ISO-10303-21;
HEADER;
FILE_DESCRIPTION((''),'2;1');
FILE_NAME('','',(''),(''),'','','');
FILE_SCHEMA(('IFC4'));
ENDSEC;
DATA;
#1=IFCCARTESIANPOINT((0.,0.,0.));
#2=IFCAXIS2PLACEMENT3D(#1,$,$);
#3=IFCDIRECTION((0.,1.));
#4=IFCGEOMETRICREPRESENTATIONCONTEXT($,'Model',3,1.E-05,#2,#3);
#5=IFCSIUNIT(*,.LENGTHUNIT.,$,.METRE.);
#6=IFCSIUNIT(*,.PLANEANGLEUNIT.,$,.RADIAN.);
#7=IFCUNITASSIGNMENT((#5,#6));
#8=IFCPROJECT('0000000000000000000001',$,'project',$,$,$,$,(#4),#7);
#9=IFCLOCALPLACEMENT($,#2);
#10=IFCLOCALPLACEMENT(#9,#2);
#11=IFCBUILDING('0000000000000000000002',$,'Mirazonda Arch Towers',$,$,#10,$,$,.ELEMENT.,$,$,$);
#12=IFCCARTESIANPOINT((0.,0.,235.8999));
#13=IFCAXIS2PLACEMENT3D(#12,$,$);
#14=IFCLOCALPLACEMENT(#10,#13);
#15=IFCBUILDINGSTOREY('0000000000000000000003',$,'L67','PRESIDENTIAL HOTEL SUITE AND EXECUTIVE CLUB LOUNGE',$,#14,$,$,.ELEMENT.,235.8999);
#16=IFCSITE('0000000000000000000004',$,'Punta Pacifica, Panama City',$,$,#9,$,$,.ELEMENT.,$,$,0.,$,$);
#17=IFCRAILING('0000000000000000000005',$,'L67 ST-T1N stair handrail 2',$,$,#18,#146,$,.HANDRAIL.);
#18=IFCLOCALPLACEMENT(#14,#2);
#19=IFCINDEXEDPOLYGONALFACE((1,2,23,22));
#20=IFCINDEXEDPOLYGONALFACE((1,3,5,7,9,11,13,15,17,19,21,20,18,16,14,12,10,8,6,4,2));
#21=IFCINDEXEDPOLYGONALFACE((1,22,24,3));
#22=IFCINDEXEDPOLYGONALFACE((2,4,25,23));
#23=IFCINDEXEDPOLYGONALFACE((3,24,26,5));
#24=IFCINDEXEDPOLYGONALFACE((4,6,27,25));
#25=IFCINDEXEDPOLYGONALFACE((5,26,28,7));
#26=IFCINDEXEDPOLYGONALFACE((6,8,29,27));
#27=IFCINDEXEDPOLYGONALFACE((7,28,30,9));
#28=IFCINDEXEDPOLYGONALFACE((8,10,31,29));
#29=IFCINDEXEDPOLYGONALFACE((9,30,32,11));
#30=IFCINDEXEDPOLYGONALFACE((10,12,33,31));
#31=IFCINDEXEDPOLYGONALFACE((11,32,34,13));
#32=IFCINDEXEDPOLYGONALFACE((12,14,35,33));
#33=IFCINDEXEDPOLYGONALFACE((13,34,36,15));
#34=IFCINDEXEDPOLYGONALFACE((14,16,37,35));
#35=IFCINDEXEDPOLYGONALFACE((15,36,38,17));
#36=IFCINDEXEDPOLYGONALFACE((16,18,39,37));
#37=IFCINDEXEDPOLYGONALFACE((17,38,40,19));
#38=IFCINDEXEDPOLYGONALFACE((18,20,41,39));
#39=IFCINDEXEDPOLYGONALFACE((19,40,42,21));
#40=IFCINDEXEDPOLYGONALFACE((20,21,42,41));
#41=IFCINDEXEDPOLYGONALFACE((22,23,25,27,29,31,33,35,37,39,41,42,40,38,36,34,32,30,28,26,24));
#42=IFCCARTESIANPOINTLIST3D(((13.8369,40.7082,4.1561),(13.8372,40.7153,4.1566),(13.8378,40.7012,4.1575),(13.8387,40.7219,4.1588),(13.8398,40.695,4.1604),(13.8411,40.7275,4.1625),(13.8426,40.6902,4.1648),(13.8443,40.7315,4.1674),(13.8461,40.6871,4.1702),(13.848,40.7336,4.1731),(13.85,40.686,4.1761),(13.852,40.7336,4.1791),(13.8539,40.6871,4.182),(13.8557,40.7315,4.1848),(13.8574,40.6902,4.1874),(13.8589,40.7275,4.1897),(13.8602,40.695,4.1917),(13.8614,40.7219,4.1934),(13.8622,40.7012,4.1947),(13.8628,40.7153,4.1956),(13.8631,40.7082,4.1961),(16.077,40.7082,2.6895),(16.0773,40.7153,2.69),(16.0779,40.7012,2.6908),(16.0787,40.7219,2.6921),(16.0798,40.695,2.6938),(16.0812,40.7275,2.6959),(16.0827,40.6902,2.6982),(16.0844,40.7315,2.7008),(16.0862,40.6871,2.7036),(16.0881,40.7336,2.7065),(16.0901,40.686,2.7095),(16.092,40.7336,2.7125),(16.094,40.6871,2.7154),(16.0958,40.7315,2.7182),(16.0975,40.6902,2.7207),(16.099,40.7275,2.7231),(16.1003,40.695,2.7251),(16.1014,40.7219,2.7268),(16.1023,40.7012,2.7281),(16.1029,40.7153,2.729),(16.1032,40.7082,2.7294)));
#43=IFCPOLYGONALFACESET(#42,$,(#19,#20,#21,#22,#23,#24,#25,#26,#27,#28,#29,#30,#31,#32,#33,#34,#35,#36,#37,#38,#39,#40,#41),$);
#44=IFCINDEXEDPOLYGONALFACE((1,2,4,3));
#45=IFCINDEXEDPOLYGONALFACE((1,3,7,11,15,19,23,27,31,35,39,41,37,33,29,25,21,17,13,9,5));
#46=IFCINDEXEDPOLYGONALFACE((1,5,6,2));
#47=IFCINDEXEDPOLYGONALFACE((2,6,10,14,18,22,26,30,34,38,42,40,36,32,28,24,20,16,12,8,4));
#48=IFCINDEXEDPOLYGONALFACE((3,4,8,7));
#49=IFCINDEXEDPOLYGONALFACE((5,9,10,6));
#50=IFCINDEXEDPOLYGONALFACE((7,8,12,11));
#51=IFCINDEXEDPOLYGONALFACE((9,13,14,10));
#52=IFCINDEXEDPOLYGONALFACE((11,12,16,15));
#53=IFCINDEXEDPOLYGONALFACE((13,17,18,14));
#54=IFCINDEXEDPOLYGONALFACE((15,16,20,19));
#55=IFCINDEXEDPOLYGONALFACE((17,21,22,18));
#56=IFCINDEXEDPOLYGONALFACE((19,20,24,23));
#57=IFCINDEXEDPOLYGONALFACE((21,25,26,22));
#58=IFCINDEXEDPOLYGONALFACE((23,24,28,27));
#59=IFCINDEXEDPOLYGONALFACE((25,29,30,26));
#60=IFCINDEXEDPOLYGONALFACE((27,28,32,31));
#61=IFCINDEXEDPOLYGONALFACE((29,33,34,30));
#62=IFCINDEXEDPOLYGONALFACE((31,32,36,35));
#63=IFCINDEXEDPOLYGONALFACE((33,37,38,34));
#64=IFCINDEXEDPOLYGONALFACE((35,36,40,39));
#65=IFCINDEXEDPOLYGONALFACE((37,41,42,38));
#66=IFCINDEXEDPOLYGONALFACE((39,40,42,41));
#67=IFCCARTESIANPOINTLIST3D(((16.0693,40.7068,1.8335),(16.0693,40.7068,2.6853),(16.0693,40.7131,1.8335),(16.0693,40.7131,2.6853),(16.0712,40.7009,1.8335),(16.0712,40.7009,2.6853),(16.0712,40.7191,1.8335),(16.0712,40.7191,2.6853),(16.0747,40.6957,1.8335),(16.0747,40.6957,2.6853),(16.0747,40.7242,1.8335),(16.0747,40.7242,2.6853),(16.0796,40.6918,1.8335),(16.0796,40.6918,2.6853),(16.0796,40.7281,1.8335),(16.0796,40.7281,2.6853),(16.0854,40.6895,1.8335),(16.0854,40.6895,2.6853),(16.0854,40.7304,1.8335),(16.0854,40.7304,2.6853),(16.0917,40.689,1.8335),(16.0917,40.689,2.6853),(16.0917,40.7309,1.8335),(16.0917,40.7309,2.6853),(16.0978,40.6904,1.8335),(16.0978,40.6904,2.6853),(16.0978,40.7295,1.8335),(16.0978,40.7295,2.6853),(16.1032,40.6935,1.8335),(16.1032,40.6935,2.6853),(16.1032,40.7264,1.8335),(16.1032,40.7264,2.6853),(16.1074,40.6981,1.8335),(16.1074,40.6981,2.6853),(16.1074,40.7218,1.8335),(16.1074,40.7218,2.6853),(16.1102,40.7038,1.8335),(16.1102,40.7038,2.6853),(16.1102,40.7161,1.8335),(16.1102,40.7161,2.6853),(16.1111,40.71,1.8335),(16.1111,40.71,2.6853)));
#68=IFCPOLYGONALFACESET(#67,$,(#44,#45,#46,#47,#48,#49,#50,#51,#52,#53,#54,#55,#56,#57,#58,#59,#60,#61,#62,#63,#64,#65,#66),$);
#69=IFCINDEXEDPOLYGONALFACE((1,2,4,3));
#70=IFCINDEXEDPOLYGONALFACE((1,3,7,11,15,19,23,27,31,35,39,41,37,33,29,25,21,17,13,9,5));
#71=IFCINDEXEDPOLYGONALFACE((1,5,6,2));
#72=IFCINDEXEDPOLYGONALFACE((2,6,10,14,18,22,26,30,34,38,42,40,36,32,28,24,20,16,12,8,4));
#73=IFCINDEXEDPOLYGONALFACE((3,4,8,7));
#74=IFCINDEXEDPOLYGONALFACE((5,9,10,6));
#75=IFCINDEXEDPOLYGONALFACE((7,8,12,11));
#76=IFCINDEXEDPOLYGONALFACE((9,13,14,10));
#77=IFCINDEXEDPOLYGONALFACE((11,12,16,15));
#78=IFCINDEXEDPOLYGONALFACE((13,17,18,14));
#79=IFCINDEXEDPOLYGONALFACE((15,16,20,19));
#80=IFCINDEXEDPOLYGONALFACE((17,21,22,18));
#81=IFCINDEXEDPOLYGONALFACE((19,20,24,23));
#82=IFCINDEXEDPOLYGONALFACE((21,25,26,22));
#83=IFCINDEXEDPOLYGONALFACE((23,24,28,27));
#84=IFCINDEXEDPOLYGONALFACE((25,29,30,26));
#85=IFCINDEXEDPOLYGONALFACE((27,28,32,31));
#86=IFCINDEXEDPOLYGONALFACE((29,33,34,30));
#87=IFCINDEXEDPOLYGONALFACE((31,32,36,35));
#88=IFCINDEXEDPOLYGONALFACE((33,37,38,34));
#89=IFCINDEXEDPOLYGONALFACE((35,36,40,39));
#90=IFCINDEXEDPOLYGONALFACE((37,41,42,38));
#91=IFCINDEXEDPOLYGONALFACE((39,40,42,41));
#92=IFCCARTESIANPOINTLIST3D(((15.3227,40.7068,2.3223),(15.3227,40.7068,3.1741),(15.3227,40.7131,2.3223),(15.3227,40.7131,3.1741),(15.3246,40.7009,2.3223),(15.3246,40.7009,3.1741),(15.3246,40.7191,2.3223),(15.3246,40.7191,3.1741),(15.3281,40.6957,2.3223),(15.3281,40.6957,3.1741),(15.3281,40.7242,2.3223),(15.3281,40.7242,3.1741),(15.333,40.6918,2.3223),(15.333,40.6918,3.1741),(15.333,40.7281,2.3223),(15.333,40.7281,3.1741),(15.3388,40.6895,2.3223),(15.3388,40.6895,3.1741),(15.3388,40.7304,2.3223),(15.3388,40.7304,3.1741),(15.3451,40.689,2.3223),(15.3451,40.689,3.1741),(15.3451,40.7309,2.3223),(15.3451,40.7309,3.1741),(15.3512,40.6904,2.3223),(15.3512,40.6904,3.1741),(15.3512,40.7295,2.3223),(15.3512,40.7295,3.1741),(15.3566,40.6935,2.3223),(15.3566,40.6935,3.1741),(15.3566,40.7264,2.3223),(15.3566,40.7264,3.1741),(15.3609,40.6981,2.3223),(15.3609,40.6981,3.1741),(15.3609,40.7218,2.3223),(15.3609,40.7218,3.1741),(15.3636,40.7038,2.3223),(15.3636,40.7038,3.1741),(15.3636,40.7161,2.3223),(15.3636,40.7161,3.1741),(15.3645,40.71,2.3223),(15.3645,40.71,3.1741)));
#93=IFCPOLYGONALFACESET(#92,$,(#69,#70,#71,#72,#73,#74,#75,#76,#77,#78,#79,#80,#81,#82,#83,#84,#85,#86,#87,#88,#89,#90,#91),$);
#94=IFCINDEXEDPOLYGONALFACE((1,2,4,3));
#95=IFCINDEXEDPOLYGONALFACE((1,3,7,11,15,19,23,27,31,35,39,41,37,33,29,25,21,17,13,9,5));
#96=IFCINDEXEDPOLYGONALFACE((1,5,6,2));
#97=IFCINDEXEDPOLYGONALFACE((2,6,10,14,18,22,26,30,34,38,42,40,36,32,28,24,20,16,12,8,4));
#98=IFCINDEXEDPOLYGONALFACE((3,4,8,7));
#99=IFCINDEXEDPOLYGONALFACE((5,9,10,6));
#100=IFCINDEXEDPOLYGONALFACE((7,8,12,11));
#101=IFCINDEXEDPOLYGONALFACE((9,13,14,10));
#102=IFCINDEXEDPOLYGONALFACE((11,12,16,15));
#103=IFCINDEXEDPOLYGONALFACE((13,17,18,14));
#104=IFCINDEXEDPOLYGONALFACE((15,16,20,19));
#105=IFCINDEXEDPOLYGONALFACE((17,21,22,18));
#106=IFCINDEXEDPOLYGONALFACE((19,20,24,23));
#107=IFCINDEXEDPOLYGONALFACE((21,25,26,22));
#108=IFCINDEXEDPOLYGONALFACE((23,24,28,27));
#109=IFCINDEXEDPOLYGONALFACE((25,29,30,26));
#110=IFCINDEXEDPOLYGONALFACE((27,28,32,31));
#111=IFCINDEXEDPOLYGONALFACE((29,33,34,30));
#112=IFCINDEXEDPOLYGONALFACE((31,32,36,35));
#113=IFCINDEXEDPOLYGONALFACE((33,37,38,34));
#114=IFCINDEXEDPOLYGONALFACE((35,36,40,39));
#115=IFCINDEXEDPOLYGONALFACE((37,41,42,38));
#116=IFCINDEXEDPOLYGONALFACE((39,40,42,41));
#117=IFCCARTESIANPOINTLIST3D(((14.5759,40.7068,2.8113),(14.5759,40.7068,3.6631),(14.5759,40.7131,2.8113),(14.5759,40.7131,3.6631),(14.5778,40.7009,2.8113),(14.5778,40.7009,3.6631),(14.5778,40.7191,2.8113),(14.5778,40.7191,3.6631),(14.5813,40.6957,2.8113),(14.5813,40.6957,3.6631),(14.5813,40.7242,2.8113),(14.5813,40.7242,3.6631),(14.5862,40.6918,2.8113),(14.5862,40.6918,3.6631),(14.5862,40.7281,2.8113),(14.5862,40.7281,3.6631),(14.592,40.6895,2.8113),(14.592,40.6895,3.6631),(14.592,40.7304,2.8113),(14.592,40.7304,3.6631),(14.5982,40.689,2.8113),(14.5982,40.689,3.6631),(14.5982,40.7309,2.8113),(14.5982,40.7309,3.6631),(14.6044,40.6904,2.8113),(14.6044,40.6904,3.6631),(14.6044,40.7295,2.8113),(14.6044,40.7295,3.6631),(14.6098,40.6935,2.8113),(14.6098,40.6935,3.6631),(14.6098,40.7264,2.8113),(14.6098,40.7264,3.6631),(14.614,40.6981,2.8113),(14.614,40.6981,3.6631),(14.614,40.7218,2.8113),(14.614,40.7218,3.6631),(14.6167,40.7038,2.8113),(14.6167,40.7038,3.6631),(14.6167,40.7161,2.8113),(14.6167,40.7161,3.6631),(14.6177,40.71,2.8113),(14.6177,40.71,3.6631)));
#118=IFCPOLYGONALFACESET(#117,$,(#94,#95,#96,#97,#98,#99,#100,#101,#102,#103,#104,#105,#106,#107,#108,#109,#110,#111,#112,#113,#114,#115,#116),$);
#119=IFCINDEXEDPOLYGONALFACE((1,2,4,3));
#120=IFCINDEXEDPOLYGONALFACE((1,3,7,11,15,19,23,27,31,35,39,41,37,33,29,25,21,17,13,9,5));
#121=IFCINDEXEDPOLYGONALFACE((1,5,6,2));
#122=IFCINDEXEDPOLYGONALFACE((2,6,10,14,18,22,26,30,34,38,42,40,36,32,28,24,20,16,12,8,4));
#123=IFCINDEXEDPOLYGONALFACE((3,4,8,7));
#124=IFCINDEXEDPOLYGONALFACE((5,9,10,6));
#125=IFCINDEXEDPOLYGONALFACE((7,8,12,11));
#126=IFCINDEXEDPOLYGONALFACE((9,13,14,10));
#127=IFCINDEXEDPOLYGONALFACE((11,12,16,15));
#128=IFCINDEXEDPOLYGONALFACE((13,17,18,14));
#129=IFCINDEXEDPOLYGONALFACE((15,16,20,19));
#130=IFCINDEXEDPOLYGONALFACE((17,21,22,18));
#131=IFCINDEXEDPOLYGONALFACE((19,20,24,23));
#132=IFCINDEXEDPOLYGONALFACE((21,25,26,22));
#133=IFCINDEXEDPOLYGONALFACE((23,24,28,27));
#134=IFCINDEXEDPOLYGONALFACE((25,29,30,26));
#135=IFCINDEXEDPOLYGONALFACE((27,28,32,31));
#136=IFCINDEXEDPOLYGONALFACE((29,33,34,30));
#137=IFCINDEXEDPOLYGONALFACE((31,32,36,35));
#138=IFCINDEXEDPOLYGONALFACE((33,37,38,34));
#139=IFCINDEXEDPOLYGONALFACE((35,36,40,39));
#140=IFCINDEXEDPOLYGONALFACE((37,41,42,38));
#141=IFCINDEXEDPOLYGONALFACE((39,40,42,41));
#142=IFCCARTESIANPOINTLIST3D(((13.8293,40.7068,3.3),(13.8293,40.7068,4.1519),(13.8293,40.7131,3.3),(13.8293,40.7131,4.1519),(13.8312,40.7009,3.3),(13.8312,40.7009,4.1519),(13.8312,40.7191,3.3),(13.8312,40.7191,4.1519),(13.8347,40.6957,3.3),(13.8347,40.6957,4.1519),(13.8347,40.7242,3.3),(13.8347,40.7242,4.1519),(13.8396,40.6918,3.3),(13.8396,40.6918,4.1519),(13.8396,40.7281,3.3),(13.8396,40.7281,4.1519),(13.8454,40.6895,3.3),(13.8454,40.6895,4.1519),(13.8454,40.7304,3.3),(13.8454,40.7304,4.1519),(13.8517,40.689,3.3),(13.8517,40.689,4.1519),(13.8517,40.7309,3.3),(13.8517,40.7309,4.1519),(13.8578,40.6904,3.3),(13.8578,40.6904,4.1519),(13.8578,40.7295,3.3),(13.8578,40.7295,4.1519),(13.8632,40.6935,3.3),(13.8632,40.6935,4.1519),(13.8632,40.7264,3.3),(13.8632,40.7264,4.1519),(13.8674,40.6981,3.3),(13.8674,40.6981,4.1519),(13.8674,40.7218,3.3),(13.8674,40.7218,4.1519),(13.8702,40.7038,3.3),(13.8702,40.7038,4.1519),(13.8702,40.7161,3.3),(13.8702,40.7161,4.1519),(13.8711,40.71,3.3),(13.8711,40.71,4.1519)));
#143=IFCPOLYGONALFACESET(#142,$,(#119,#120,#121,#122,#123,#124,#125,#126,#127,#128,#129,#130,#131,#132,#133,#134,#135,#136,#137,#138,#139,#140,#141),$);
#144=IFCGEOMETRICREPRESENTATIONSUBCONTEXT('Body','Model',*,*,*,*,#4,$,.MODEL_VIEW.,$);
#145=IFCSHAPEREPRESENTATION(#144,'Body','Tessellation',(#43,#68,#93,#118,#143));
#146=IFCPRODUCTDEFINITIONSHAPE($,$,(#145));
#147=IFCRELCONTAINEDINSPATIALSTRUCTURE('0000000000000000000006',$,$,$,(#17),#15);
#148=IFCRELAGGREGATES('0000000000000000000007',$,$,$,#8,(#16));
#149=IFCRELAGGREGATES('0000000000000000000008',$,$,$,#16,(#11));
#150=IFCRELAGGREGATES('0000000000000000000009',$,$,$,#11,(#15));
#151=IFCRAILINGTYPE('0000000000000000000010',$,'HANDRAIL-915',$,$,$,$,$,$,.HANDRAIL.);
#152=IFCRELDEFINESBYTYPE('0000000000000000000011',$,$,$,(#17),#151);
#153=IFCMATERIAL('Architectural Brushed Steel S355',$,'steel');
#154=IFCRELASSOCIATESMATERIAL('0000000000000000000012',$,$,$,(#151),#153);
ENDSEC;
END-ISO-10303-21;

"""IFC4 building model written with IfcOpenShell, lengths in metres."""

from ifc_helpers import new_model, si_unit, direction, frame, origin, origin_2d, place, context, subcontext, project, spatial, circle, extrude, material, type_object, element, save


model = new_model("IFC4")

# Units and contexts
model_context = context("Model", 3, precision=1e-05, world=origin(), true_north=direction((0.0, 1.0)))
body_context = subcontext(model_context, "Body", "Model", "MODEL_VIEW")
ifc_project = project(units=[si_unit("LENGTHUNIT", "METRE"), si_unit("PLANEANGLEUNIT", "RADIAN")], contexts=[model_context])

# Site, building, storey
site_placement = place(None, origin())
site = spatial("IfcSite", under=ifc_project, at=site_placement, Name="Punta Pacifica, Panama City", CompositionType="ELEMENT", RefElevation=0.0)
building_placement = place(site_placement, origin())
building = spatial("IfcBuilding", under=site, at=building_placement, Name="Mirazonda Arch Towers", CompositionType="ELEMENT")
storey_placement = place(building_placement, frame((0.0, 0.0, 235.8999)))
storey = spatial("IfcBuildingStorey", under=building, at=storey_placement, Name="L67", Description="PRESIDENTIAL HOTEL SUITE AND EXECUTIVE CLUB LOUNGE", CompositionType="ELEMENT", Elevation=235.8999)

# Shared definitions
ifc_material_1 = material(Name="Architectural Brushed Steel S355", Category="steel")

# Railing
railing_type_1 = type_object("IfcRailingType", Name="HANDRAIL-915", PredefinedType="HANDRAIL", material=ifc_material_1)
railing_1_placement = place(storey_placement, frame((16.0901, 40.71, 1.8335)))
element("IfcRailing", 1, at=railing_1_placement, inside=storey, type_object=railing_type_1, Name="L67 ST-T1N stair handrail 2", PredefinedType="HANDRAIL", context=body_context, shape_type="SweptSolid", body=[
    extrude(circle(Radius=0.0239, at=origin_2d()), frame((0.0, 0.0, 0.876), z_axis=(-0.836637, 0.0, 0.547758), x_axis=(0.0, -1.0, 0.0)), (0.0, 0.0, 1.0), 2.6775),
    extrude(circle(Radius=0.021, at=origin_2d()), origin(), (0.0, 0.0, 1.0), 0.8518),
    extrude(circle(Radius=0.021, at=origin_2d()), frame((-0.7466, 0.0, 0.4888)), (0.0, 0.0, 1.0), 0.8518),
    extrude(circle(Radius=0.021, at=origin_2d()), frame((-1.4934, 0.0, 0.9778)), (0.0, 0.0, 1.0), 0.8518),
    extrude(circle(Radius=0.021, at=origin_2d()), frame((-2.24, 0.0, 1.4666)), (0.0, 0.0, 1.0), 0.8518),
])

save(model, "model.ifc")
